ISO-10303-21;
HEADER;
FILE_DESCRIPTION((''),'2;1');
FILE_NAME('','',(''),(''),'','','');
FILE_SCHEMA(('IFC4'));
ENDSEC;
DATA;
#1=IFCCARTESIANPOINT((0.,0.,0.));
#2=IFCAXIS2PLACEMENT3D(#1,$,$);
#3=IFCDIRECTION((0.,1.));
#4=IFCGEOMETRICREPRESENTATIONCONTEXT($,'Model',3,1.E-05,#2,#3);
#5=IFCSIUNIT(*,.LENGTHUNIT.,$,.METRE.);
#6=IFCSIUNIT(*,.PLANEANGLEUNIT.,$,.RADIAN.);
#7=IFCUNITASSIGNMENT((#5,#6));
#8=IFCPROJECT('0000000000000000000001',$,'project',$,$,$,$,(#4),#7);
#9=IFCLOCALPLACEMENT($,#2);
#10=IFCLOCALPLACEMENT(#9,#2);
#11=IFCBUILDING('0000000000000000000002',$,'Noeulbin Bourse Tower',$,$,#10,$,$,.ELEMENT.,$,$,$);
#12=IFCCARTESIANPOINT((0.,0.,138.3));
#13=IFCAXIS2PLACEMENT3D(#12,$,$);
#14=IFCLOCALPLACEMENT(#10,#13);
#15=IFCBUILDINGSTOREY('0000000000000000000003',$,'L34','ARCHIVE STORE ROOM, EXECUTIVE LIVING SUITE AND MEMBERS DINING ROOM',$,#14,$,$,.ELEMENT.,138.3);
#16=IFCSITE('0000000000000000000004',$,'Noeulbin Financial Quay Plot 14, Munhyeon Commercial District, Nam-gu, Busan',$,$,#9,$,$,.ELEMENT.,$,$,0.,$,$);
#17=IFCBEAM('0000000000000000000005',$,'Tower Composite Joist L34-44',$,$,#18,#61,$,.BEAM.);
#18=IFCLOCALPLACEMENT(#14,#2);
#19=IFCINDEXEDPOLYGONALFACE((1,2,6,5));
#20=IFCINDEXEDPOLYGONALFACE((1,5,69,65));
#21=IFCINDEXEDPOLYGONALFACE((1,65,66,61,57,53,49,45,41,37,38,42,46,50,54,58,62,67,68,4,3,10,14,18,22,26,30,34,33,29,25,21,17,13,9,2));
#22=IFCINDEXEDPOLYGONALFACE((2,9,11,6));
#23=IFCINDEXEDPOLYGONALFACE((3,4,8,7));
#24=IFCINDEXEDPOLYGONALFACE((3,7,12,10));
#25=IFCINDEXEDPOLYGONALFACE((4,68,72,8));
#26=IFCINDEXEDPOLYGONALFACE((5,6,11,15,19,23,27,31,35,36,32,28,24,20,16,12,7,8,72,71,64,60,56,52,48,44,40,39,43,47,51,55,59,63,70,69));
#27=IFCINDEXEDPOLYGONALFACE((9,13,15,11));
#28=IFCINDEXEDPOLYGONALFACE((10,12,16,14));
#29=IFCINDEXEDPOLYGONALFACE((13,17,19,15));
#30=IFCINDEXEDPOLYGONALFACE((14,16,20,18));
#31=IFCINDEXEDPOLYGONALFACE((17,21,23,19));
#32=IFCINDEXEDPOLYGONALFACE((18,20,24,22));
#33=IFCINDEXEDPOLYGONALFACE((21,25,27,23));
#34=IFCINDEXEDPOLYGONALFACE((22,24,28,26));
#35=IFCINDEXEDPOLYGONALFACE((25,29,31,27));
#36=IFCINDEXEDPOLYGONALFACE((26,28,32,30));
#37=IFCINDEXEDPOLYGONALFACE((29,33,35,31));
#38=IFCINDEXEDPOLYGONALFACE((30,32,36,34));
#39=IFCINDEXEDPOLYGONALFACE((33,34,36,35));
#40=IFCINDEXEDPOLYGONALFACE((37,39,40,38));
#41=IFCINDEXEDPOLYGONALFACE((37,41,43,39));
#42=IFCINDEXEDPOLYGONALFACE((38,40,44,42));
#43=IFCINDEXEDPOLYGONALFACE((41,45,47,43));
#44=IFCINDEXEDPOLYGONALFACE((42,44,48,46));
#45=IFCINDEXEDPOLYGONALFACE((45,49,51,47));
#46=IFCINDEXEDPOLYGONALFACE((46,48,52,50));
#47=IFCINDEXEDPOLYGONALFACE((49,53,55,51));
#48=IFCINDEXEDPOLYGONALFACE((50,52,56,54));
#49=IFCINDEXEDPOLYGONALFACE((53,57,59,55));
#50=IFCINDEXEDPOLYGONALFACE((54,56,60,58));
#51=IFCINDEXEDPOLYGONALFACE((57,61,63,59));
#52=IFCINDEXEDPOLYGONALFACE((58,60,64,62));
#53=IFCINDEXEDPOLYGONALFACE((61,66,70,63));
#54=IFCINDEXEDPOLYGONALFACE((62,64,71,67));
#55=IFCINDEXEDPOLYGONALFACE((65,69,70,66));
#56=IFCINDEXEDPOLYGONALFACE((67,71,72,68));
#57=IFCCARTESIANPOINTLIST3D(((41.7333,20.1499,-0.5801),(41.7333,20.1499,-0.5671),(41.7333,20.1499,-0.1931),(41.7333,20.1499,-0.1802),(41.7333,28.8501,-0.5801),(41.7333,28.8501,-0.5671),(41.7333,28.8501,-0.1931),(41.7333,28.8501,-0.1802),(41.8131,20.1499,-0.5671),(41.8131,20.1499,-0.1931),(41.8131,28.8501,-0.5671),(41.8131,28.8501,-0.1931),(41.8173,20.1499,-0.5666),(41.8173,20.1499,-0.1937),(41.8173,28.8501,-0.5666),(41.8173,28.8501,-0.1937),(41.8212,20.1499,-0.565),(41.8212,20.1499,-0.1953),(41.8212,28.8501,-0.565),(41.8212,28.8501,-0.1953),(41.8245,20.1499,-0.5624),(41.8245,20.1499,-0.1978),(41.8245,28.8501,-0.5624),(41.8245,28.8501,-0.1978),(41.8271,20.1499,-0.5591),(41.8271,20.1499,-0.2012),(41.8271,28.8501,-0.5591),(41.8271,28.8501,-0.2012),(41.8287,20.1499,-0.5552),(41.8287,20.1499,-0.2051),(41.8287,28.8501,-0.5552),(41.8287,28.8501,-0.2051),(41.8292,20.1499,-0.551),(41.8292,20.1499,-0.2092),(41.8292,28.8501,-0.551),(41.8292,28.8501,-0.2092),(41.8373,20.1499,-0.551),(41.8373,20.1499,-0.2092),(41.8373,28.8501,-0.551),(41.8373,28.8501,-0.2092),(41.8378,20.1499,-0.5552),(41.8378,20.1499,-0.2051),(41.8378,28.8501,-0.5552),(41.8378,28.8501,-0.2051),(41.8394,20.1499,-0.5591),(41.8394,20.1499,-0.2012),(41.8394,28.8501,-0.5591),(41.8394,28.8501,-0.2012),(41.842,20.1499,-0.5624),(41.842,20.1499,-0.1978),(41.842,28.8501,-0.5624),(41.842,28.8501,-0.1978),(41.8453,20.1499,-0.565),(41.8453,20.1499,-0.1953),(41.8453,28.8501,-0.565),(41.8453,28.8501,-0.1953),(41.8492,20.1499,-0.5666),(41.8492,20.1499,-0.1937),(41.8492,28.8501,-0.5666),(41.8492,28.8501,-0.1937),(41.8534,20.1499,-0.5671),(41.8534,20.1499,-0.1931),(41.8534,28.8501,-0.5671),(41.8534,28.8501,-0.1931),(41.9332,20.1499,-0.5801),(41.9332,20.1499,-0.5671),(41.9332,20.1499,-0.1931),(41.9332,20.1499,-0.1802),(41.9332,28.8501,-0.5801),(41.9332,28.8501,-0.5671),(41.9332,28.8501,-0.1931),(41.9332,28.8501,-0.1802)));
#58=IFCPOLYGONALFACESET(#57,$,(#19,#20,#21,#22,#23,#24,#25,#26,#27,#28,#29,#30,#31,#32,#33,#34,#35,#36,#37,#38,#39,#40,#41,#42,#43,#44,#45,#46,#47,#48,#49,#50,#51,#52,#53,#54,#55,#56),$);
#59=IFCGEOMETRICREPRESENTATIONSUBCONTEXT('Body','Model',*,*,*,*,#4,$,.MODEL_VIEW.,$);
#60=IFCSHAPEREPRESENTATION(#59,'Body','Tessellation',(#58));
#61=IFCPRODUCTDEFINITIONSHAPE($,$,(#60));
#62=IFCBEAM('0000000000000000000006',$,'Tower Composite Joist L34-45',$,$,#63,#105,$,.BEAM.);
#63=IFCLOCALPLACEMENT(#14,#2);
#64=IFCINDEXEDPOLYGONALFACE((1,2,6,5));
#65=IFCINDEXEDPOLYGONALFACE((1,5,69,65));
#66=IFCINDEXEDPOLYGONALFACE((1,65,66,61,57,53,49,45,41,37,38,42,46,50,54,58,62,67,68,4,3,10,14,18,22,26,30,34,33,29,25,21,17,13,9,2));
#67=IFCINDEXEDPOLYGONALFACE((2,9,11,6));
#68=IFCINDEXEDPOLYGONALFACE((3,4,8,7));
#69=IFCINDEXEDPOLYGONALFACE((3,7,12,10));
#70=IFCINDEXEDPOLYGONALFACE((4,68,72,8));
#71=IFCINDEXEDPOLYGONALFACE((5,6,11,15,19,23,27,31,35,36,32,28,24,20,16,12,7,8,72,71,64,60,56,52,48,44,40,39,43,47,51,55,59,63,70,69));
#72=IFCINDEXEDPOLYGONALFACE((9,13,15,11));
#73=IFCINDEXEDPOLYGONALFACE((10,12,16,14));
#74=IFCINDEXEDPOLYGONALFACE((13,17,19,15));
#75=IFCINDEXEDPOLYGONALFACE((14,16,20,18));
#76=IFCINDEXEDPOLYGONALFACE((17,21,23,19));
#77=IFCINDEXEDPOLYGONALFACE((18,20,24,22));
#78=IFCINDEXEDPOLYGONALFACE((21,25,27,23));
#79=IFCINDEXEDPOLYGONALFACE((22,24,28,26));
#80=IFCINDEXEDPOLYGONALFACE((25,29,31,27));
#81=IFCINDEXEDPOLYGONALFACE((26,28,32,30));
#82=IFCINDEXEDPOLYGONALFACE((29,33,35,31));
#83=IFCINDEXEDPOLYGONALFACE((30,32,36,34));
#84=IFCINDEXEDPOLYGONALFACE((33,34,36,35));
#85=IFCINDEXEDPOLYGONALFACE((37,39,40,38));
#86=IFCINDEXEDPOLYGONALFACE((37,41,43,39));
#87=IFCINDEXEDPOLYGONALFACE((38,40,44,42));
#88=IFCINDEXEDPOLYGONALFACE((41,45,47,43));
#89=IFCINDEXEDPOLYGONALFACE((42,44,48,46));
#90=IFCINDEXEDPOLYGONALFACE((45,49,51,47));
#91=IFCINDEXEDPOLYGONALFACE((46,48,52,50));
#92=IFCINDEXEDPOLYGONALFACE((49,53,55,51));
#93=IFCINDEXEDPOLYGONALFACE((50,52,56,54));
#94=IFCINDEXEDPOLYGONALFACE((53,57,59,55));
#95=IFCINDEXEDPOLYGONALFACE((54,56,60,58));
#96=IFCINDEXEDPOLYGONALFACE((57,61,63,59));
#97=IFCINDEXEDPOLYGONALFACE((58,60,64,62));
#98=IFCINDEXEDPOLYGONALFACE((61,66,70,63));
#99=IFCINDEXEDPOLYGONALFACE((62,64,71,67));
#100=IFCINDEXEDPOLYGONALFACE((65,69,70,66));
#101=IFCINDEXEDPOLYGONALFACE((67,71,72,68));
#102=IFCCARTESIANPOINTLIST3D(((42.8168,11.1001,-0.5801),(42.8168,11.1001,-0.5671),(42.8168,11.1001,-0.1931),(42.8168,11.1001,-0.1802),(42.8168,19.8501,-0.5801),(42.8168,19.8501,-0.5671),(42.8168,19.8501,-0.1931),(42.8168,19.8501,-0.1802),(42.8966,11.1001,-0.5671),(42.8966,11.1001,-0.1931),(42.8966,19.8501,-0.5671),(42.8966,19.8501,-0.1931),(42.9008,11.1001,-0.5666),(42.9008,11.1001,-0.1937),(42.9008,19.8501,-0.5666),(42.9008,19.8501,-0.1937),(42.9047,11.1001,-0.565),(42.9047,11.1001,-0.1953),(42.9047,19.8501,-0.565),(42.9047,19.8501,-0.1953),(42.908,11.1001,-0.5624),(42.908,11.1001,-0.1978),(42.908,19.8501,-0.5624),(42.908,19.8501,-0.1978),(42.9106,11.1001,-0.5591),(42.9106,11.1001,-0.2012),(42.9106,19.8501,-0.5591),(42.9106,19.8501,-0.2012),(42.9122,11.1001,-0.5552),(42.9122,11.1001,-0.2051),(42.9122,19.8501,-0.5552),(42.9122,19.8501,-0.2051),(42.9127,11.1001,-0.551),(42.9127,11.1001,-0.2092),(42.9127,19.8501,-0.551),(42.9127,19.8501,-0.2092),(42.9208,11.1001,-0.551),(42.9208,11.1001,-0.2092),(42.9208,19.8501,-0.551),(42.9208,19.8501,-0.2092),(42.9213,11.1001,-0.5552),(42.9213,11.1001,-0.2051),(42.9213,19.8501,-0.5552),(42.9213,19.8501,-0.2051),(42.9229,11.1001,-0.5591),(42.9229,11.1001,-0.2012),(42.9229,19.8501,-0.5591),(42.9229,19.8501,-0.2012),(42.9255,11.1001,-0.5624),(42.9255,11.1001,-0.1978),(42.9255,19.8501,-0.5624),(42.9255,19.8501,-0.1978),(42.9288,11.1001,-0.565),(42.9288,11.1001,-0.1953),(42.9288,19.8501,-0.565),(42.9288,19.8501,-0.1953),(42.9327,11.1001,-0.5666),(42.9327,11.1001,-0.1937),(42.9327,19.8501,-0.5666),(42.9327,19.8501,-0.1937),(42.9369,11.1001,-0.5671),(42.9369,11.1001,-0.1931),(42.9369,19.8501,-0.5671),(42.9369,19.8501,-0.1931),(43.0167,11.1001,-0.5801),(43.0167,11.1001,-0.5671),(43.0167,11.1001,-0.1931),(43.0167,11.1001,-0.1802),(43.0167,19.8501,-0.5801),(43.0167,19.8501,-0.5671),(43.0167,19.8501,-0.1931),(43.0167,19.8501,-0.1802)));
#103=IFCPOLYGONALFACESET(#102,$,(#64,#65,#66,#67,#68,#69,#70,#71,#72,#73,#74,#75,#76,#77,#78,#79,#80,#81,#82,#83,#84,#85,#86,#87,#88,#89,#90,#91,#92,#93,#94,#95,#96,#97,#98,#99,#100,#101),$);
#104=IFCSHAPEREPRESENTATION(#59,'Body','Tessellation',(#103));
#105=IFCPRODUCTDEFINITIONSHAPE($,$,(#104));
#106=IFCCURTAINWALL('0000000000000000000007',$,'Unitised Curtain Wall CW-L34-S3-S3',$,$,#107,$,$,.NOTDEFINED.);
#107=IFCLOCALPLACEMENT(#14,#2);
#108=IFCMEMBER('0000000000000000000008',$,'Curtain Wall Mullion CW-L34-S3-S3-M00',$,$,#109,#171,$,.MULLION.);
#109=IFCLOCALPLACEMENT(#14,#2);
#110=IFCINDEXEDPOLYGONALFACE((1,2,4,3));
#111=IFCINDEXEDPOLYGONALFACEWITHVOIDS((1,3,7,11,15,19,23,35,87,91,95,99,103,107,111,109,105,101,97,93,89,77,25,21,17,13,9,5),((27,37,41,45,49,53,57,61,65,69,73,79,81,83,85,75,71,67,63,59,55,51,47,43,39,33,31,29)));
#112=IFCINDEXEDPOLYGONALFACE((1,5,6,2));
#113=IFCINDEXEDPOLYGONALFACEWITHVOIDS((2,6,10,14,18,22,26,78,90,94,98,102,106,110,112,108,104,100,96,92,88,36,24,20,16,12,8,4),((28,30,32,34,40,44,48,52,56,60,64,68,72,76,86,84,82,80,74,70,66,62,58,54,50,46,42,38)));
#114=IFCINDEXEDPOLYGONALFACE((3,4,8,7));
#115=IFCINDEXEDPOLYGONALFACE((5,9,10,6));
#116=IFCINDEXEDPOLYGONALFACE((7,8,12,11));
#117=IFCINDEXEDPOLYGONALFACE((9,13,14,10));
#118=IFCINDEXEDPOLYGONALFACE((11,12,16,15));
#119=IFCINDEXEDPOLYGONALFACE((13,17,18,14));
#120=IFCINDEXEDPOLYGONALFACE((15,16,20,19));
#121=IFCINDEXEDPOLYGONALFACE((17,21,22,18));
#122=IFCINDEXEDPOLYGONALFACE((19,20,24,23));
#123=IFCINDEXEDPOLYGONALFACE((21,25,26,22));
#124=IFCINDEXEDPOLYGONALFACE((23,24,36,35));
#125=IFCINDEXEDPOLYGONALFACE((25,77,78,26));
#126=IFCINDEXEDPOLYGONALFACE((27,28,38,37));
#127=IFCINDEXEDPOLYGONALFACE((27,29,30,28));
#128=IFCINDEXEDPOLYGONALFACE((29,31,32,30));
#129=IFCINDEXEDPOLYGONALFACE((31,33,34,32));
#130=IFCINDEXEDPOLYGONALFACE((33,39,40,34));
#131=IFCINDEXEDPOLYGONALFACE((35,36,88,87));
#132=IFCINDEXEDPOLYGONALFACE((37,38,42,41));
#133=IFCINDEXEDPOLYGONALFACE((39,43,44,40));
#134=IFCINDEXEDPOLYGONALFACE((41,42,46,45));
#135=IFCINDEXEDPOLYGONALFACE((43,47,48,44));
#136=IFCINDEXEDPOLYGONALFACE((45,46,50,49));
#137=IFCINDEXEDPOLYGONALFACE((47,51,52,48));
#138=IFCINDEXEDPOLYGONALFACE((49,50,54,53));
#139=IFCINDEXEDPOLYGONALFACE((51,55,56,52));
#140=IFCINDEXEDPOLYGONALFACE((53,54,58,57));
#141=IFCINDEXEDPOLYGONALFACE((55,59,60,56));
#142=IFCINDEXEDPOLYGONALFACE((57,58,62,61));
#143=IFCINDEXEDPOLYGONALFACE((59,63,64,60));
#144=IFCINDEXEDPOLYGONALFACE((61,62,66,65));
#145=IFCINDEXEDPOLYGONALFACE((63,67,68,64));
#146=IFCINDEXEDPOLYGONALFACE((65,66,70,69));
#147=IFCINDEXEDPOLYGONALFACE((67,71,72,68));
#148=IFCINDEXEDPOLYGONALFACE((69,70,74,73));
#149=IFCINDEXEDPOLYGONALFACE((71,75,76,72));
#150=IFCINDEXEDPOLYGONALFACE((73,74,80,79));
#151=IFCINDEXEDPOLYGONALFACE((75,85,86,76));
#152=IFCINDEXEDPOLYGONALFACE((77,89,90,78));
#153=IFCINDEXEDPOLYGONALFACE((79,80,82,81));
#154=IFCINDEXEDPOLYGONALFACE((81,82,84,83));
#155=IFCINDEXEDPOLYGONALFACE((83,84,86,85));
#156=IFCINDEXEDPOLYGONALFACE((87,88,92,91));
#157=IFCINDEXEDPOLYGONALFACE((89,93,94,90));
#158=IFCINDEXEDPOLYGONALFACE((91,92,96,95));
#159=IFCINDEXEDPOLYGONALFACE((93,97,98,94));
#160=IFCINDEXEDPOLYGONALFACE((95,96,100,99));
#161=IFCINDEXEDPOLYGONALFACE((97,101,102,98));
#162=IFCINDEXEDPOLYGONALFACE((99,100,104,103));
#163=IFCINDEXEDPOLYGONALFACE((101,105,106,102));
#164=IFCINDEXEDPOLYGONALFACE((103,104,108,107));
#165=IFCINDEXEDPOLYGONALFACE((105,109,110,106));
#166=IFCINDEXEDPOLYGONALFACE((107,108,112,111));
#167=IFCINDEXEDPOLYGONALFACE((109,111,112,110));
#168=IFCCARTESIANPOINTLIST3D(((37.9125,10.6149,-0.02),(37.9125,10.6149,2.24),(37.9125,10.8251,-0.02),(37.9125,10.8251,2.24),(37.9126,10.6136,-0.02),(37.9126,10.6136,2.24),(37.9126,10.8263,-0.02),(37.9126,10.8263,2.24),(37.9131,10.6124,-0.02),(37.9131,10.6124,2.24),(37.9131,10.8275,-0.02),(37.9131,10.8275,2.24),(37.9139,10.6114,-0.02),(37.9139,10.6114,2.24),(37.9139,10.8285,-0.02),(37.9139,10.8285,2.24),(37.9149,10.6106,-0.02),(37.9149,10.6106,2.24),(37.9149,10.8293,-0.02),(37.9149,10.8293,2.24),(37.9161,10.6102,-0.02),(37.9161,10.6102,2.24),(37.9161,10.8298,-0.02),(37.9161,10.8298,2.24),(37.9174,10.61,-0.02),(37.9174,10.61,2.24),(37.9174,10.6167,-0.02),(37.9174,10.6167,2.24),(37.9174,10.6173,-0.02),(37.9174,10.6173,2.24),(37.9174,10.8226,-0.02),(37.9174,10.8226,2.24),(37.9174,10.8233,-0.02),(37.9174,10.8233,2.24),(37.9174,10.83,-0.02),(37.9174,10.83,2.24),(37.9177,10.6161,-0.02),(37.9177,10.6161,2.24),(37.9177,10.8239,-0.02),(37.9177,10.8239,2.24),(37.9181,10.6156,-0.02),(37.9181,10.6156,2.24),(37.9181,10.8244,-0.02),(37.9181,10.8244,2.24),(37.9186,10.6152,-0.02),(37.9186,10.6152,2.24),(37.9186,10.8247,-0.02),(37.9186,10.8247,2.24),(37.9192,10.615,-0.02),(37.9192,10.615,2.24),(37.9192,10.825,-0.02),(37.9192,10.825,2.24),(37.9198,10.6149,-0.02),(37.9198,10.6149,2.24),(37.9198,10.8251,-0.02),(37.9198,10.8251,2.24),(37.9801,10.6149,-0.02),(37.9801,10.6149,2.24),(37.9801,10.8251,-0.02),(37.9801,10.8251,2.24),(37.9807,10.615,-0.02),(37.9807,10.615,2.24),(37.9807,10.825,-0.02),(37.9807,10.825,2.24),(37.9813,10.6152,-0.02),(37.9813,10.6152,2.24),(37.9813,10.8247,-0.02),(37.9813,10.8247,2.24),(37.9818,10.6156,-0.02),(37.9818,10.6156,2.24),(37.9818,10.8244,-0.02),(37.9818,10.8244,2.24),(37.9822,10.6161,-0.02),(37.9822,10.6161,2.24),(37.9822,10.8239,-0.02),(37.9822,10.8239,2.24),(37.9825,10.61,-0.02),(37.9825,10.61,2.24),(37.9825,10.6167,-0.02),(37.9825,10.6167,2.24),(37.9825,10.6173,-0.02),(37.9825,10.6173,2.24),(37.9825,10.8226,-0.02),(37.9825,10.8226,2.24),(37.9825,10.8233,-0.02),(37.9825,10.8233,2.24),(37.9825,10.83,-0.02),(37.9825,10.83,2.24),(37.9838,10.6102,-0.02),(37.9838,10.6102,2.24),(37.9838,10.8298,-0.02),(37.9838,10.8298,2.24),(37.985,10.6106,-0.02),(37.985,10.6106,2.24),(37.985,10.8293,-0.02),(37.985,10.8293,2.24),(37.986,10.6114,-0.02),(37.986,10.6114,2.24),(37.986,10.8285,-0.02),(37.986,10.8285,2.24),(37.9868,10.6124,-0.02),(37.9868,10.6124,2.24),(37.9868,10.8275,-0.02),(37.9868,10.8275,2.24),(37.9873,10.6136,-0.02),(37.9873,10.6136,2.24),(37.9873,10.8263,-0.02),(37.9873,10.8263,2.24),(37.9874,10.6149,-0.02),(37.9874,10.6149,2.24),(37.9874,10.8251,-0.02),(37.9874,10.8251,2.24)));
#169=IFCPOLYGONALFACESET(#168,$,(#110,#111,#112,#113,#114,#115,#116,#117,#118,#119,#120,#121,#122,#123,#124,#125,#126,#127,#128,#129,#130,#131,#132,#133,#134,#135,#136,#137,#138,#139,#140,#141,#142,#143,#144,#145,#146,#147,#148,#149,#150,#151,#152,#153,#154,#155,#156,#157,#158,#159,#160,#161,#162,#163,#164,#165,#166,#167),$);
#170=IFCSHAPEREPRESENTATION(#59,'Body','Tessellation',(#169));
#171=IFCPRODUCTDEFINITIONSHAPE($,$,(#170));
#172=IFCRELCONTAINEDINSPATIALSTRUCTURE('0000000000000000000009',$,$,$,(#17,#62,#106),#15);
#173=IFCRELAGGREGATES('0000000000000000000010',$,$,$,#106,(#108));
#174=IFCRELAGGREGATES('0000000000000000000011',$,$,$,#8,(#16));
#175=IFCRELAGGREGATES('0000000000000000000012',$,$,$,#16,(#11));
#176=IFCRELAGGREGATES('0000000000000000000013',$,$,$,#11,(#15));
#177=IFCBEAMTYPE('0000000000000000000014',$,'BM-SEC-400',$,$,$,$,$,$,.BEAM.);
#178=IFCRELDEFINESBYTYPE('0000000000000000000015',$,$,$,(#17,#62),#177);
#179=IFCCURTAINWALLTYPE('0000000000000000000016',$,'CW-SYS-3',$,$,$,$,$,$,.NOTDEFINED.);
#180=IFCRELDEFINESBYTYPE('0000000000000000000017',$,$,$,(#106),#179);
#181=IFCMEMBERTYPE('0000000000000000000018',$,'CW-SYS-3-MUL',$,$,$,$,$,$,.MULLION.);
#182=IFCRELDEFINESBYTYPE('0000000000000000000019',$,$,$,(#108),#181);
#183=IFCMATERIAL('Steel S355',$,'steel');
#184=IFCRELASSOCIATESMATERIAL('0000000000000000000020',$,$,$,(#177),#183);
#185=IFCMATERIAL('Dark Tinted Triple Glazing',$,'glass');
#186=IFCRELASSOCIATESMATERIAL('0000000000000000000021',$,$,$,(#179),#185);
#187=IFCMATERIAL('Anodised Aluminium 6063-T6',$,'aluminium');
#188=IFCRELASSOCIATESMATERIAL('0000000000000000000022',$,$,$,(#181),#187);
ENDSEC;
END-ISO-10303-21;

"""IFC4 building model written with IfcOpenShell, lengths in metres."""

from ifc_helpers import new_model, si_unit, direction, frame, origin, origin_2d, place, context, subcontext, project, spatial, hollow_rectangle, i_section, extrude, material, material_profile, profile_set, type_object, element, aggregate, save


model = new_model("IFC4")

# Units and contexts
model_context = context("Model", 3, precision=1e-05, world=origin(), true_north=direction((0.0, 1.0)))
body_context = subcontext(model_context, "Body", "Model", "MODEL_VIEW")
ifc_project = project(units=[si_unit("LENGTHUNIT", "METRE"), si_unit("PLANEANGLEUNIT", "RADIAN")], contexts=[model_context])

# Site, building, storey
site_placement = place(None, origin())
site = spatial("IfcSite", under=ifc_project, at=site_placement, Name="Noeulbin Financial Quay Plot 14, Munhyeon Commercial District, Nam-gu, Busan", CompositionType="ELEMENT", RefElevation=0.0)
building_placement = place(site_placement, origin())
building = spatial("IfcBuilding", under=site, at=building_placement, Name="Noeulbin Bourse Tower", CompositionType="ELEMENT")
storey_placement = place(building_placement, frame((0.0, 0.0, 138.3)))
storey = spatial("IfcBuildingStorey", under=building, at=storey_placement, Name="L34", Description="ARCHIVE STORE ROOM, EXECUTIVE LIVING SUITE AND MEMBERS DINING ROOM", CompositionType="ELEMENT", Elevation=138.3)

# Shared definitions
ifc_material_1 = material(Name="Steel S355", Category="steel")

# Beams
ifc_material_profile_1 = material_profile(ifc_material_1, i_section(OverallWidth=0.2, OverallDepth=0.3999, WebThickness=0.0081, FlangeThickness=0.0129, FilletRadius=0.0161, at=origin_2d()), Name="H-400x200x8x13", Category="LoadBearing")
ifc_profile_set_1 = profile_set([ifc_material_profile_1], Name="Steel S355")
beam_type_1 = type_object("IfcBeamType", Name="BM-SEC-400", PredefinedType="BEAM", material=ifc_profile_set_1)
beam_1_placement = place(storey_placement, frame((41.8333, 20.1499, -0.3801), z_axis=(0.0, 1.0, 0.0), x_axis=(-1.0, 0.0, 0.0)))
element("IfcBeam", 1, at=beam_1_placement, inside=storey, type_object=beam_type_1, Name="Tower Composite Joist L34-44", PredefinedType="BEAM", context=body_context, shape_type="SweptSolid", body=[
    extrude(i_section(OverallWidth=0.2, OverallDepth=0.3999, WebThickness=0.0081, FlangeThickness=0.0129, FilletRadius=0.0161, at=origin_2d()), origin(), (0.0, 0.0, 1.0), 8.7002),
])
beam_2_placement = place(storey_placement, frame((42.9167, 11.1001, -0.3801), z_axis=(0.0, 1.0, 0.0), x_axis=(-1.0, 0.0, 0.0)))
element("IfcBeam", 2, at=beam_2_placement, inside=storey, type_object=beam_type_1, Name="Tower Composite Joist L34-45", PredefinedType="BEAM", context=body_context, shape_type="SweptSolid", body=[
    extrude(i_section(OverallWidth=0.2, OverallDepth=0.3999, WebThickness=0.0081, FlangeThickness=0.0129, FilletRadius=0.0161, at=origin_2d()), origin(), (0.0, 0.0, 1.0), 8.75),
])

# Curtain wall, member
ifc_material_2 = material(Name="Dark Tinted Triple Glazing", Category="glass")
curtain_wall_type = type_object("IfcCurtainWallType", Name="CW-SYS-3", PredefinedType="NOTDEFINED", material=ifc_material_2)
curtain_wall_placement = place(storey_placement, origin())
curtain_wall = element("IfcCurtainWall", 3, at=curtain_wall_placement, inside=storey, type_object=curtain_wall_type, Name="Unitised Curtain Wall CW-L34-S3-S3", PredefinedType="NOTDEFINED")
ifc_material_3 = material(Name="Anodised Aluminium 6063-T6", Category="aluminium")
ifc_material_profile_2 = material_profile(ifc_material_3, hollow_rectangle(XDim=0.075, YDim=0.22, WallThickness=0.0049, InnerFilletRadius=0.0024, OuterFilletRadius=0.0049, at=origin_2d()), Name="ALU-MULL-75x220x5", Category="LoadBearing")
ifc_profile_set_2 = profile_set([ifc_material_profile_2], Name="Anodised Aluminium 6063-T6")
member_type_1 = type_object("IfcMemberType", Name="CW-SYS-3-MUL", PredefinedType="MULLION", material=ifc_profile_set_2)
member_1_placement = place(storey_placement, frame((37.95, 10.72, -0.02), z_axis=(0.0, 0.0, 1.0), x_axis=(1.0, 0.0, 0.0)))
member_1 = element("IfcMember", 4, at=member_1_placement, type_object=member_type_1, Name="Curtain Wall Mullion CW-L34-S3-S3-M00", PredefinedType="MULLION", context=body_context, shape_type="SweptSolid", body=[
    extrude(hollow_rectangle(XDim=0.075, YDim=0.22, WallThickness=0.0049, InnerFilletRadius=0.0024, OuterFilletRadius=0.0049, at=origin_2d()), origin(), (0.0, 0.0, 1.0), 2.26),
])
aggregate(curtain_wall, [member_1])

save(model, "model.ifc")
